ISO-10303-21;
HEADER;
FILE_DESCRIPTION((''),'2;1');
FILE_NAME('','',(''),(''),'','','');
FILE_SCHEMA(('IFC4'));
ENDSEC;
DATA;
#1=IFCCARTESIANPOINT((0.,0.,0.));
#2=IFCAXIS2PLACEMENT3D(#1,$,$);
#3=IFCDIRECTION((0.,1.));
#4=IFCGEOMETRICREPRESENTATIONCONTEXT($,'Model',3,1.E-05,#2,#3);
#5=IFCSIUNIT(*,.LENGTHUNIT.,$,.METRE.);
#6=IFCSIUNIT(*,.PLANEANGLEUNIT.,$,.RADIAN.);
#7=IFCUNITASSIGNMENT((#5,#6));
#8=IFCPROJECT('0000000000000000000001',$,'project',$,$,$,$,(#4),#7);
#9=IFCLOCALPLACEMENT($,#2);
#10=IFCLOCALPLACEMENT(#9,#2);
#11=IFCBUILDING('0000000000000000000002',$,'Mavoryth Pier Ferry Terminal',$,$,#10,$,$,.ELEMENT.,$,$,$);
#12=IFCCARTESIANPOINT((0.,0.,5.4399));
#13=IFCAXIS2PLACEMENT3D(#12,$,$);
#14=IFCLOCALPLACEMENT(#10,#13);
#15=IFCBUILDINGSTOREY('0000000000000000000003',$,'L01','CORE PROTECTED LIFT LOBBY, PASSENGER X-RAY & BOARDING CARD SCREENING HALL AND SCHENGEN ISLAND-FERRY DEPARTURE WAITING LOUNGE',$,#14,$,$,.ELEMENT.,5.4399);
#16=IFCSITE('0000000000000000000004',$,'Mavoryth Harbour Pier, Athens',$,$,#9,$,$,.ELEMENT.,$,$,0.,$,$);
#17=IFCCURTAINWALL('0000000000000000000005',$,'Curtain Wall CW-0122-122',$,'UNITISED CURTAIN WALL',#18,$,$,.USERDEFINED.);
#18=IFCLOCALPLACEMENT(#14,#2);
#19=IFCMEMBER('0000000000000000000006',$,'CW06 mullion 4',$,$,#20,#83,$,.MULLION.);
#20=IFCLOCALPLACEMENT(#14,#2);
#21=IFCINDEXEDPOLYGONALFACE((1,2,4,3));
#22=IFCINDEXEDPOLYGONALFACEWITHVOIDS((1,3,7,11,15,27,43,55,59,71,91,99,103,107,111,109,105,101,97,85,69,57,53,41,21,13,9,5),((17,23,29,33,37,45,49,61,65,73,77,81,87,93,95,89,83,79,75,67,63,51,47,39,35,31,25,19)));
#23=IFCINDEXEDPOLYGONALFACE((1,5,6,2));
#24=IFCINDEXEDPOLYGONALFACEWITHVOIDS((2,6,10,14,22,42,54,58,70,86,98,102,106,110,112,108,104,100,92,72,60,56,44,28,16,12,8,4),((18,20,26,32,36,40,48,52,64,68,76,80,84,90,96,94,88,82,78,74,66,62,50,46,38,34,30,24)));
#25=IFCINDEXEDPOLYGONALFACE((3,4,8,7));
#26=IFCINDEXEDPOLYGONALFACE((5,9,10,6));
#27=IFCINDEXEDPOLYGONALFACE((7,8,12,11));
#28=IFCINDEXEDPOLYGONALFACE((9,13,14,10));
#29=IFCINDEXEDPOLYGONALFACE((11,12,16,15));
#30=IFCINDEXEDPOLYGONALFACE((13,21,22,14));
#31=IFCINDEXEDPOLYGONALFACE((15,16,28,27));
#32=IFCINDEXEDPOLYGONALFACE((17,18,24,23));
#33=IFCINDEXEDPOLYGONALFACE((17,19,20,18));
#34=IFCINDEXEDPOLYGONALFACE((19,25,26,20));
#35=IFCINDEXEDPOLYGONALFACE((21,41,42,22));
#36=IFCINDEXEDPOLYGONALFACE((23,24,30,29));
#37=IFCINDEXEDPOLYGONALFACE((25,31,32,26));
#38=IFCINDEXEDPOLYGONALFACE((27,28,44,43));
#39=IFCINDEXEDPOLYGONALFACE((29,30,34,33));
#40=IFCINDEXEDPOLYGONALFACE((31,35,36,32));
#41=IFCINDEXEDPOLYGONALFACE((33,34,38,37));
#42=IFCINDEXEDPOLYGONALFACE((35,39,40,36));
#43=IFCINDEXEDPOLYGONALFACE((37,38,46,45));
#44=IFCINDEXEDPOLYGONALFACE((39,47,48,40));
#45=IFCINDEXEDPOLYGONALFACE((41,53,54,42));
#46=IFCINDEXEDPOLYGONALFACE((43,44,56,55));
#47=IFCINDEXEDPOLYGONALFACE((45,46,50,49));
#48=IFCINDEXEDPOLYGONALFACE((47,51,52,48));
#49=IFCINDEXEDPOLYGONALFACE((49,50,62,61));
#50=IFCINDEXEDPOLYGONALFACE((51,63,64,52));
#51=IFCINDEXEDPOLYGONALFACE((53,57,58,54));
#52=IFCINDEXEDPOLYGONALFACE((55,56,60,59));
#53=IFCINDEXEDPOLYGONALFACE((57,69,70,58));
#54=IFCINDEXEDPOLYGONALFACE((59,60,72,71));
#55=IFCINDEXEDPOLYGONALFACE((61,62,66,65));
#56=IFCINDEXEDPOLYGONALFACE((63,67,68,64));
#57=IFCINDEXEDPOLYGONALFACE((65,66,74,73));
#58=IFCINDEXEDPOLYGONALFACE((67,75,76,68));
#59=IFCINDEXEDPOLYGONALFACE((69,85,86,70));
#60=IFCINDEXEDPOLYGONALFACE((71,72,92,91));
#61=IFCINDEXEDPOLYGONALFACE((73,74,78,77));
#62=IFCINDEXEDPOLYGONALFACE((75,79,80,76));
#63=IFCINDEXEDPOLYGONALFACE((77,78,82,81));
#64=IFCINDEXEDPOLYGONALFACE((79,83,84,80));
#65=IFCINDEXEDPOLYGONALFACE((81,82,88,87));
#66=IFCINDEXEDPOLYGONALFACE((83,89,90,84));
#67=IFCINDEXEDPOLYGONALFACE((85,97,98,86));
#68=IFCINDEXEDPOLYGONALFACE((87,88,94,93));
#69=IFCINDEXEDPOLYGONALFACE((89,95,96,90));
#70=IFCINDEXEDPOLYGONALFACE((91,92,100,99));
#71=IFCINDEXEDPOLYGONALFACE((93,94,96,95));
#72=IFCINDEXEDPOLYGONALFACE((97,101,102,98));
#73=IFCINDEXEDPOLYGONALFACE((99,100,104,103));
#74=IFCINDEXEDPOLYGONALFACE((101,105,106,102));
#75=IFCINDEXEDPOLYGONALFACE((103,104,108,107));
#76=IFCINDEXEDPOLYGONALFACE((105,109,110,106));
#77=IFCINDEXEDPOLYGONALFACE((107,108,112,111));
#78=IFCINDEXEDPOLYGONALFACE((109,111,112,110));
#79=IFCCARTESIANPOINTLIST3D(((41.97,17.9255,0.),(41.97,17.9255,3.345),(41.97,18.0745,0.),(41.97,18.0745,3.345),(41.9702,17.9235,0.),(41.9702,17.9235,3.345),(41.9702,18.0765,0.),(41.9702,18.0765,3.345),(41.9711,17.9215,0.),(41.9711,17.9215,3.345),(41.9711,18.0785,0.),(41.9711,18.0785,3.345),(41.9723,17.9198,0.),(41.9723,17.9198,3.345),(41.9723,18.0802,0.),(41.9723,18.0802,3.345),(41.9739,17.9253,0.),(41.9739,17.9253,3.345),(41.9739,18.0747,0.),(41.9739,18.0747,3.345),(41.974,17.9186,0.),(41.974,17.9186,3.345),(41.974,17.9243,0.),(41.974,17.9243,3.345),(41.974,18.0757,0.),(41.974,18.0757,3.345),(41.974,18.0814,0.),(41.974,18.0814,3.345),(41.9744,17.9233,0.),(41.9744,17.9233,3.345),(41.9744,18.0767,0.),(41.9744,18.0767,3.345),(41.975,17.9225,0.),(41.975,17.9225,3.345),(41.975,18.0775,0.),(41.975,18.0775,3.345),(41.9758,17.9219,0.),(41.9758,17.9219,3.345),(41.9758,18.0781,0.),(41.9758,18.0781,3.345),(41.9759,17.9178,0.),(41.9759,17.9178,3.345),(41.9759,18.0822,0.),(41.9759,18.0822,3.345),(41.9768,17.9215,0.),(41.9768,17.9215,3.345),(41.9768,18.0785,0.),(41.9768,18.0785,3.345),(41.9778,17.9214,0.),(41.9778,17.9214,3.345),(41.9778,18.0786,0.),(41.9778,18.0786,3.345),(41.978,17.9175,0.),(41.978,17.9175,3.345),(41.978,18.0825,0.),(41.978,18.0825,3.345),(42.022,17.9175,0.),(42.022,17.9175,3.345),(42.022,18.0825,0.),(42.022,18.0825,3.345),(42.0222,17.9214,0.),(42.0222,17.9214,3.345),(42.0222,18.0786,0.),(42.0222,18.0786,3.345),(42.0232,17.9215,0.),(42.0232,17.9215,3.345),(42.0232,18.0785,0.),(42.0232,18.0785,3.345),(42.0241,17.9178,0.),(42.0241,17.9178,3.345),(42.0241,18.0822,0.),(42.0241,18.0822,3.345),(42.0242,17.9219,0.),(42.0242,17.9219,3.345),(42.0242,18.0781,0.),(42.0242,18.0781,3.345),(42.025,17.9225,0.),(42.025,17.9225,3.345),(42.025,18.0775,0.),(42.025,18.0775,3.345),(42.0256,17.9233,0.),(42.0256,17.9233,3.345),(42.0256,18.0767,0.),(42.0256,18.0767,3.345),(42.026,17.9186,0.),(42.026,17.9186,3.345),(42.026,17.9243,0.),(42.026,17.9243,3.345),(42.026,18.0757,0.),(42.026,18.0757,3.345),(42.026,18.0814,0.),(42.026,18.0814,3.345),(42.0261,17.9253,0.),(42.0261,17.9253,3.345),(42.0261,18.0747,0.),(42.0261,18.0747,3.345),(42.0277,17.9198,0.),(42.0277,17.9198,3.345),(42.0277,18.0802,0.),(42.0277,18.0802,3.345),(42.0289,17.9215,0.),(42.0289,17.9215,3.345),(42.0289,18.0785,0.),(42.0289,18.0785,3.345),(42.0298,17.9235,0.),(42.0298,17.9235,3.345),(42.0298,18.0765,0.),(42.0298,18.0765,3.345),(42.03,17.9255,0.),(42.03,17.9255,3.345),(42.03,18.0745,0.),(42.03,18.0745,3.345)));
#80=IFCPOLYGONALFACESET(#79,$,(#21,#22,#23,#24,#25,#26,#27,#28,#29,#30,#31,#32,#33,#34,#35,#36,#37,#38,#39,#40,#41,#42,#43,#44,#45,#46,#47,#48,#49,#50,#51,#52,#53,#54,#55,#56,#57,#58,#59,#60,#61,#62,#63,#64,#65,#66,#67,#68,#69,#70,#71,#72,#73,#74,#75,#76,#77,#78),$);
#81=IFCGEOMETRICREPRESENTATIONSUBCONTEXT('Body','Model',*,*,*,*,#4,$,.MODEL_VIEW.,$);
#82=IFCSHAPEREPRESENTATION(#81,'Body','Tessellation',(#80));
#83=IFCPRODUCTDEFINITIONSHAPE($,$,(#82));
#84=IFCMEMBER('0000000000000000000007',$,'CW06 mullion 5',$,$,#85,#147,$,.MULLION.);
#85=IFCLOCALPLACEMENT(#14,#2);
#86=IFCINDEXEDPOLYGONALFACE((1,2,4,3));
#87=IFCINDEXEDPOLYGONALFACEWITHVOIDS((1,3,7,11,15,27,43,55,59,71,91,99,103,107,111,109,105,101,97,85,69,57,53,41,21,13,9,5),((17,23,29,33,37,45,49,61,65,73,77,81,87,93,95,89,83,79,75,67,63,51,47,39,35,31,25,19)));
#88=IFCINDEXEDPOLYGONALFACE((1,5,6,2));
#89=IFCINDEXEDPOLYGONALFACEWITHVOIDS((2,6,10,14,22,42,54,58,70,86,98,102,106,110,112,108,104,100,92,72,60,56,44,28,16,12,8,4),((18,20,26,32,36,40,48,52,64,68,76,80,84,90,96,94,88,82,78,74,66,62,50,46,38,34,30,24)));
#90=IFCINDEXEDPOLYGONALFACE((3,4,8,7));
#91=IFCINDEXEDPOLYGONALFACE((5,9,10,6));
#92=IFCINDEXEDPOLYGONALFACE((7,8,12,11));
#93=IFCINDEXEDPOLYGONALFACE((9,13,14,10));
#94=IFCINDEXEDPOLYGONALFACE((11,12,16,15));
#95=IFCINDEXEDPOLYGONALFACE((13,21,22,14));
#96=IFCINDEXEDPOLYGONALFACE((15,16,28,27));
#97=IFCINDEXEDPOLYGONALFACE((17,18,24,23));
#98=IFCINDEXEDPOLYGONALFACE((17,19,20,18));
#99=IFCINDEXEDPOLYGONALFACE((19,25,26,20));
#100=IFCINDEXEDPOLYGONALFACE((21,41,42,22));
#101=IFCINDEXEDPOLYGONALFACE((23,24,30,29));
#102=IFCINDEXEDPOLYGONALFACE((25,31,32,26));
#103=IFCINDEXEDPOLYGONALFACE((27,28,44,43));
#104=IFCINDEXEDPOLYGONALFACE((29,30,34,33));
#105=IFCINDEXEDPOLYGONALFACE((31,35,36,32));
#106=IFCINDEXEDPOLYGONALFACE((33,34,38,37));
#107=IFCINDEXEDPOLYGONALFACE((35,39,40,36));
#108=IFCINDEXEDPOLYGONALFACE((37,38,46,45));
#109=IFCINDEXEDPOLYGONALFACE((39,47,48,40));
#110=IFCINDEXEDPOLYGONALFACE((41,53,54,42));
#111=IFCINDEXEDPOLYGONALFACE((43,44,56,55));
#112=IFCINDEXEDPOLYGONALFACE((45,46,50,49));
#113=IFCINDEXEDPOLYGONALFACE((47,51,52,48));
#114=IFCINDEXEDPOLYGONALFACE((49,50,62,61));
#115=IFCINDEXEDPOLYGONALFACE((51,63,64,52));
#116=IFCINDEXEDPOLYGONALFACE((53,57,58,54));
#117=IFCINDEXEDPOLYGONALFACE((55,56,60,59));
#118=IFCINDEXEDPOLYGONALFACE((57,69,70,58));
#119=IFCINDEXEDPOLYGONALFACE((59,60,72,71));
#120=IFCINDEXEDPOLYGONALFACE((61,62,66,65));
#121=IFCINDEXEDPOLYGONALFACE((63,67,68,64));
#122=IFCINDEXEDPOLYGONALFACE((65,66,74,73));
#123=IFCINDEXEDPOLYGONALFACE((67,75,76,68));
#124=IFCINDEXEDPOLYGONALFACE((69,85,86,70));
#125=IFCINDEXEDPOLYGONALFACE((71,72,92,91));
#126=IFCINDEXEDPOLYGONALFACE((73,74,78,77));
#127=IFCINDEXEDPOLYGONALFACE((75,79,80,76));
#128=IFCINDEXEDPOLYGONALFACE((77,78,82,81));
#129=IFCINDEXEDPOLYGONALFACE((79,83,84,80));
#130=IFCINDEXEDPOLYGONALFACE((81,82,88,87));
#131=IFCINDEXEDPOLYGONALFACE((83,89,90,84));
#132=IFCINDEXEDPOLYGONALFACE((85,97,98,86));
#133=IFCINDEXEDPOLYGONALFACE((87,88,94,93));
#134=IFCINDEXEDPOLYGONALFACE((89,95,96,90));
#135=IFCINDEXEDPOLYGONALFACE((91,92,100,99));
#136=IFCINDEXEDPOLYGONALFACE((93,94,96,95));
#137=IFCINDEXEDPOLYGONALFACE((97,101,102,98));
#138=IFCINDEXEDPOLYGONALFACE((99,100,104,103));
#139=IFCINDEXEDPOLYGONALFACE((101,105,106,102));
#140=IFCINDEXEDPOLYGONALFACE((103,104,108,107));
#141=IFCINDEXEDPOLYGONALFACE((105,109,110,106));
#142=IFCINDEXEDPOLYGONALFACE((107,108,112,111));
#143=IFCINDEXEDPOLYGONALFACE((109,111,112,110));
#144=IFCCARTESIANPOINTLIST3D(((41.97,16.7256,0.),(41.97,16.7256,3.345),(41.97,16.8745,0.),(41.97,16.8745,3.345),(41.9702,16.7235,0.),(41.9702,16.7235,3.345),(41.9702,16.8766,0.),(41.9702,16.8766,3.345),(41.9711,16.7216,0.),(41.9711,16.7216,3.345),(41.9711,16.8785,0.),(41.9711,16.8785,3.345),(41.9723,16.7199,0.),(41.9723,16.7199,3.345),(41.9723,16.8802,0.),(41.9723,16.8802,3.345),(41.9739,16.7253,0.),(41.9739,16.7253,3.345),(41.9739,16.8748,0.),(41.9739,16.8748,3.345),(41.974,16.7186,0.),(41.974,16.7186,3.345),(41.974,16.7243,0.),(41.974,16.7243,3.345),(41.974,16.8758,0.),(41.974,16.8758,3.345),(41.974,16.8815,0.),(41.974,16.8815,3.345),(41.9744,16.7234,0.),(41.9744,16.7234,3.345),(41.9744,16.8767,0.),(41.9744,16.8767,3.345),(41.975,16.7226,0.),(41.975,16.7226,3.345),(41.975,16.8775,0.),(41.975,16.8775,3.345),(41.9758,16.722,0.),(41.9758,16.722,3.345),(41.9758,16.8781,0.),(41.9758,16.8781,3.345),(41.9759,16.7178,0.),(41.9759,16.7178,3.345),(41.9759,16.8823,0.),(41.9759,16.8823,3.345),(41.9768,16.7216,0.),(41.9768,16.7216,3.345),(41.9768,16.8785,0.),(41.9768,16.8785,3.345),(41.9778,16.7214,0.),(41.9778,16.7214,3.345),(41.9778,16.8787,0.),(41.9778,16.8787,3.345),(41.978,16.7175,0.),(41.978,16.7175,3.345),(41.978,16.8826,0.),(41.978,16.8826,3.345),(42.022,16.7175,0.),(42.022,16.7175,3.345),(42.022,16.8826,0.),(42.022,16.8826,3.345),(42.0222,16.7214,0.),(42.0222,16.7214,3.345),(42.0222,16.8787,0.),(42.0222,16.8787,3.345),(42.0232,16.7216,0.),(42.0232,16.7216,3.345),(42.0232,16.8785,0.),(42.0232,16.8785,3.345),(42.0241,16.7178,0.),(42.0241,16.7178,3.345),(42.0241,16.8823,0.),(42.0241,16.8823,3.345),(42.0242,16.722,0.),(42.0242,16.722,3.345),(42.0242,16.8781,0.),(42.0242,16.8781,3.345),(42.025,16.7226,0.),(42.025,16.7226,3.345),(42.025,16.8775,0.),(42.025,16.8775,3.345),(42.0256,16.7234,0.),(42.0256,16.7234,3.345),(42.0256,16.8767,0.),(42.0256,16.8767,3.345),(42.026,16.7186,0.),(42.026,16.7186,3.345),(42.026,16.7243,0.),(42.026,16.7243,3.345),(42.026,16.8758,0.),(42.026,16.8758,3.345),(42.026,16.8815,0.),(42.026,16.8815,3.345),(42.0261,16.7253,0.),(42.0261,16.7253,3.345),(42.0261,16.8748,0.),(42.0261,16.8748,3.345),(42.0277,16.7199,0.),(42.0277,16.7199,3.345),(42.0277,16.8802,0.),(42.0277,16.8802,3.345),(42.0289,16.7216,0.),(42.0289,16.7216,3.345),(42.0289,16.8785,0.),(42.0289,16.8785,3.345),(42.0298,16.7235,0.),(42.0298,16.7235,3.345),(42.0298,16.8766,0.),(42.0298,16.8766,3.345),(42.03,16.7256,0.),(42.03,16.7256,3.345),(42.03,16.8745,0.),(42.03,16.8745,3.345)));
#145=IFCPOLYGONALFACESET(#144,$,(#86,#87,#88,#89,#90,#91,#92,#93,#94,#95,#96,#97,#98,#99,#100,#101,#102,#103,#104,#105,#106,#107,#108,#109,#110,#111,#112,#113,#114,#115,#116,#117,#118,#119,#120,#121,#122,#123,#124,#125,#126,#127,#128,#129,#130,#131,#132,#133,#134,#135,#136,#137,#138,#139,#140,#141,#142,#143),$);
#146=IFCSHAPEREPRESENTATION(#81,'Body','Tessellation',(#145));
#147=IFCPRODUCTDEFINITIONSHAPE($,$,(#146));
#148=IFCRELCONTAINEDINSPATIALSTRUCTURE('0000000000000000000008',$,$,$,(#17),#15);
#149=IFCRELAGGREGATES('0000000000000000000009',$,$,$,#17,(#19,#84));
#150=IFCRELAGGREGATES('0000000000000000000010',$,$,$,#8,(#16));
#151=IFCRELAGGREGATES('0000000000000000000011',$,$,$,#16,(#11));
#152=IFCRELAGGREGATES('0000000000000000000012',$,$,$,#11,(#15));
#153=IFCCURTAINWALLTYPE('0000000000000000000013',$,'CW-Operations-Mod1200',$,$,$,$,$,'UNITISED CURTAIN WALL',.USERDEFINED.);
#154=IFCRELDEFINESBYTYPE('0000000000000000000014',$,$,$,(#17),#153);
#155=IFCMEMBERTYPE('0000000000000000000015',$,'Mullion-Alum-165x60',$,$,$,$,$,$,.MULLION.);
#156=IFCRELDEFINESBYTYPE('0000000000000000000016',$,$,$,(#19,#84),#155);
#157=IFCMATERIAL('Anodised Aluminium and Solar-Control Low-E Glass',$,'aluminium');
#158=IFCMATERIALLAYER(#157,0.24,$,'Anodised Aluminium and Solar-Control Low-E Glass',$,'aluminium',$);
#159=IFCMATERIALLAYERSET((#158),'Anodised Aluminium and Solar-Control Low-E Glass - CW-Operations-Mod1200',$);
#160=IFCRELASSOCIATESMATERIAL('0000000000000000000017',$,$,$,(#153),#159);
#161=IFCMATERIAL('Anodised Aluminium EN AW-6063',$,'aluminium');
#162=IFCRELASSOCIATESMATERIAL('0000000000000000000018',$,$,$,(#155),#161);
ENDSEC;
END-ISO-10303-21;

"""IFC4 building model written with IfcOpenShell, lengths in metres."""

from ifc_helpers import new_model, si_unit, direction, frame, origin, origin_2d, place, context, subcontext, project, spatial, hollow_rectangle, extrude, material, layer, layer_set, material_profile, profile_set, type_object, element, aggregate, save


model = new_model("IFC4")

# Units and contexts
model_context = context("Model", 3, precision=1e-05, world=origin(), true_north=direction((0.0, 1.0)))
body_context = subcontext(model_context, "Body", "Model", "MODEL_VIEW")
ifc_project = project(units=[si_unit("LENGTHUNIT", "METRE"), si_unit("PLANEANGLEUNIT", "RADIAN")], contexts=[model_context])

# Site, building, storey
site_placement = place(None, origin())
site = spatial("IfcSite", under=ifc_project, at=site_placement, Name="Mavoryth Harbour Pier, Athens", CompositionType="ELEMENT", RefElevation=0.0)
building_placement = place(site_placement, origin())
building = spatial("IfcBuilding", under=site, at=building_placement, Name="Mavoryth Pier Ferry Terminal", CompositionType="ELEMENT")
storey_placement = place(building_placement, frame((0.0, 0.0, 5.4399)))
storey = spatial("IfcBuildingStorey", under=building, at=storey_placement, Name="L01", Description="CORE PROTECTED LIFT LOBBY, PASSENGER X-RAY & BOARDING CARD SCREENING HALL AND SCHENGEN ISLAND-FERRY DEPARTURE WAITING LOUNGE", CompositionType="ELEMENT", Elevation=5.4399)

# Curtain wall, members
ifc_material_1 = material(Name="Anodised Aluminium and Solar-Control Low-E Glass", Category="aluminium")
ifc_layer_1 = layer(ifc_material_1, 0.24, Name="Anodised Aluminium and Solar-Control Low-E Glass", Category="aluminium")
ifc_layer_set_1 = layer_set([ifc_layer_1], Name="Anodised Aluminium and Solar-Control Low-E Glass - CW-Operations-Mod1200")
curtain_wall_type = type_object("IfcCurtainWallType", Name="CW-Operations-Mod1200", ElementType="UNITISED CURTAIN WALL", PredefinedType="USERDEFINED", material=ifc_layer_set_1)
curtain_wall_placement = place(storey_placement, origin())
curtain_wall = element("IfcCurtainWall", 1, at=curtain_wall_placement, inside=storey, type_object=curtain_wall_type, Name="Curtain Wall CW-0122-122", ObjectType="UNITISED CURTAIN WALL", PredefinedType="USERDEFINED")
ifc_material_2 = material(Name="Anodised Aluminium EN AW-6063", Category="aluminium")
ifc_material_profile_1 = material_profile(ifc_material_2, hollow_rectangle(XDim=0.0601, YDim=0.165, WallThickness=0.0039, InnerFilletRadius=0.0039, OuterFilletRadius=0.0081, at=origin_2d()), Name="AL-MULL 165x60x4", Category="aluminium")
ifc_profile_set_1 = profile_set([ifc_material_profile_1], Name="Anodised Aluminium EN AW-6063 - AL-MULL 165x60x4")
member_type_1 = type_object("IfcMemberType", Name="Mullion-Alum-165x60", PredefinedType="MULLION", material=ifc_profile_set_1)
member_1_placement = place(storey_placement, frame((42.0, 18.0, 0.0), z_axis=(0.0, 0.0, 1.0), x_axis=(1.0, 0.0, 0.0)))
member_1 = element("IfcMember", 2, at=member_1_placement, type_object=member_type_1, Name="CW06 mullion 4", PredefinedType="MULLION", context=body_context, shape_type="SweptSolid", body=[
    extrude(hollow_rectangle(XDim=0.0601, YDim=0.165, WallThickness=0.0039, InnerFilletRadius=0.0039, OuterFilletRadius=0.0081, at=origin_2d()), origin(), (0.0, 0.0, 1.0), 3.345),
])
member_2_placement = place(storey_placement, frame((42.0, 16.8, 0.0), z_axis=(0.0, 0.0, 1.0), x_axis=(1.0, 0.0, 0.0)))
member_2 = element("IfcMember", 3, at=member_2_placement, type_object=member_type_1, Name="CW06 mullion 5", PredefinedType="MULLION", context=body_context, shape_type="SweptSolid", body=[
    extrude(hollow_rectangle(XDim=0.0601, YDim=0.165, WallThickness=0.0039, InnerFilletRadius=0.0039, OuterFilletRadius=0.0081, at=origin_2d()), origin(), (0.0, 0.0, 1.0), 3.345),
])
aggregate(curtain_wall, [member_1, member_2])

save(model, "model.ifc")
